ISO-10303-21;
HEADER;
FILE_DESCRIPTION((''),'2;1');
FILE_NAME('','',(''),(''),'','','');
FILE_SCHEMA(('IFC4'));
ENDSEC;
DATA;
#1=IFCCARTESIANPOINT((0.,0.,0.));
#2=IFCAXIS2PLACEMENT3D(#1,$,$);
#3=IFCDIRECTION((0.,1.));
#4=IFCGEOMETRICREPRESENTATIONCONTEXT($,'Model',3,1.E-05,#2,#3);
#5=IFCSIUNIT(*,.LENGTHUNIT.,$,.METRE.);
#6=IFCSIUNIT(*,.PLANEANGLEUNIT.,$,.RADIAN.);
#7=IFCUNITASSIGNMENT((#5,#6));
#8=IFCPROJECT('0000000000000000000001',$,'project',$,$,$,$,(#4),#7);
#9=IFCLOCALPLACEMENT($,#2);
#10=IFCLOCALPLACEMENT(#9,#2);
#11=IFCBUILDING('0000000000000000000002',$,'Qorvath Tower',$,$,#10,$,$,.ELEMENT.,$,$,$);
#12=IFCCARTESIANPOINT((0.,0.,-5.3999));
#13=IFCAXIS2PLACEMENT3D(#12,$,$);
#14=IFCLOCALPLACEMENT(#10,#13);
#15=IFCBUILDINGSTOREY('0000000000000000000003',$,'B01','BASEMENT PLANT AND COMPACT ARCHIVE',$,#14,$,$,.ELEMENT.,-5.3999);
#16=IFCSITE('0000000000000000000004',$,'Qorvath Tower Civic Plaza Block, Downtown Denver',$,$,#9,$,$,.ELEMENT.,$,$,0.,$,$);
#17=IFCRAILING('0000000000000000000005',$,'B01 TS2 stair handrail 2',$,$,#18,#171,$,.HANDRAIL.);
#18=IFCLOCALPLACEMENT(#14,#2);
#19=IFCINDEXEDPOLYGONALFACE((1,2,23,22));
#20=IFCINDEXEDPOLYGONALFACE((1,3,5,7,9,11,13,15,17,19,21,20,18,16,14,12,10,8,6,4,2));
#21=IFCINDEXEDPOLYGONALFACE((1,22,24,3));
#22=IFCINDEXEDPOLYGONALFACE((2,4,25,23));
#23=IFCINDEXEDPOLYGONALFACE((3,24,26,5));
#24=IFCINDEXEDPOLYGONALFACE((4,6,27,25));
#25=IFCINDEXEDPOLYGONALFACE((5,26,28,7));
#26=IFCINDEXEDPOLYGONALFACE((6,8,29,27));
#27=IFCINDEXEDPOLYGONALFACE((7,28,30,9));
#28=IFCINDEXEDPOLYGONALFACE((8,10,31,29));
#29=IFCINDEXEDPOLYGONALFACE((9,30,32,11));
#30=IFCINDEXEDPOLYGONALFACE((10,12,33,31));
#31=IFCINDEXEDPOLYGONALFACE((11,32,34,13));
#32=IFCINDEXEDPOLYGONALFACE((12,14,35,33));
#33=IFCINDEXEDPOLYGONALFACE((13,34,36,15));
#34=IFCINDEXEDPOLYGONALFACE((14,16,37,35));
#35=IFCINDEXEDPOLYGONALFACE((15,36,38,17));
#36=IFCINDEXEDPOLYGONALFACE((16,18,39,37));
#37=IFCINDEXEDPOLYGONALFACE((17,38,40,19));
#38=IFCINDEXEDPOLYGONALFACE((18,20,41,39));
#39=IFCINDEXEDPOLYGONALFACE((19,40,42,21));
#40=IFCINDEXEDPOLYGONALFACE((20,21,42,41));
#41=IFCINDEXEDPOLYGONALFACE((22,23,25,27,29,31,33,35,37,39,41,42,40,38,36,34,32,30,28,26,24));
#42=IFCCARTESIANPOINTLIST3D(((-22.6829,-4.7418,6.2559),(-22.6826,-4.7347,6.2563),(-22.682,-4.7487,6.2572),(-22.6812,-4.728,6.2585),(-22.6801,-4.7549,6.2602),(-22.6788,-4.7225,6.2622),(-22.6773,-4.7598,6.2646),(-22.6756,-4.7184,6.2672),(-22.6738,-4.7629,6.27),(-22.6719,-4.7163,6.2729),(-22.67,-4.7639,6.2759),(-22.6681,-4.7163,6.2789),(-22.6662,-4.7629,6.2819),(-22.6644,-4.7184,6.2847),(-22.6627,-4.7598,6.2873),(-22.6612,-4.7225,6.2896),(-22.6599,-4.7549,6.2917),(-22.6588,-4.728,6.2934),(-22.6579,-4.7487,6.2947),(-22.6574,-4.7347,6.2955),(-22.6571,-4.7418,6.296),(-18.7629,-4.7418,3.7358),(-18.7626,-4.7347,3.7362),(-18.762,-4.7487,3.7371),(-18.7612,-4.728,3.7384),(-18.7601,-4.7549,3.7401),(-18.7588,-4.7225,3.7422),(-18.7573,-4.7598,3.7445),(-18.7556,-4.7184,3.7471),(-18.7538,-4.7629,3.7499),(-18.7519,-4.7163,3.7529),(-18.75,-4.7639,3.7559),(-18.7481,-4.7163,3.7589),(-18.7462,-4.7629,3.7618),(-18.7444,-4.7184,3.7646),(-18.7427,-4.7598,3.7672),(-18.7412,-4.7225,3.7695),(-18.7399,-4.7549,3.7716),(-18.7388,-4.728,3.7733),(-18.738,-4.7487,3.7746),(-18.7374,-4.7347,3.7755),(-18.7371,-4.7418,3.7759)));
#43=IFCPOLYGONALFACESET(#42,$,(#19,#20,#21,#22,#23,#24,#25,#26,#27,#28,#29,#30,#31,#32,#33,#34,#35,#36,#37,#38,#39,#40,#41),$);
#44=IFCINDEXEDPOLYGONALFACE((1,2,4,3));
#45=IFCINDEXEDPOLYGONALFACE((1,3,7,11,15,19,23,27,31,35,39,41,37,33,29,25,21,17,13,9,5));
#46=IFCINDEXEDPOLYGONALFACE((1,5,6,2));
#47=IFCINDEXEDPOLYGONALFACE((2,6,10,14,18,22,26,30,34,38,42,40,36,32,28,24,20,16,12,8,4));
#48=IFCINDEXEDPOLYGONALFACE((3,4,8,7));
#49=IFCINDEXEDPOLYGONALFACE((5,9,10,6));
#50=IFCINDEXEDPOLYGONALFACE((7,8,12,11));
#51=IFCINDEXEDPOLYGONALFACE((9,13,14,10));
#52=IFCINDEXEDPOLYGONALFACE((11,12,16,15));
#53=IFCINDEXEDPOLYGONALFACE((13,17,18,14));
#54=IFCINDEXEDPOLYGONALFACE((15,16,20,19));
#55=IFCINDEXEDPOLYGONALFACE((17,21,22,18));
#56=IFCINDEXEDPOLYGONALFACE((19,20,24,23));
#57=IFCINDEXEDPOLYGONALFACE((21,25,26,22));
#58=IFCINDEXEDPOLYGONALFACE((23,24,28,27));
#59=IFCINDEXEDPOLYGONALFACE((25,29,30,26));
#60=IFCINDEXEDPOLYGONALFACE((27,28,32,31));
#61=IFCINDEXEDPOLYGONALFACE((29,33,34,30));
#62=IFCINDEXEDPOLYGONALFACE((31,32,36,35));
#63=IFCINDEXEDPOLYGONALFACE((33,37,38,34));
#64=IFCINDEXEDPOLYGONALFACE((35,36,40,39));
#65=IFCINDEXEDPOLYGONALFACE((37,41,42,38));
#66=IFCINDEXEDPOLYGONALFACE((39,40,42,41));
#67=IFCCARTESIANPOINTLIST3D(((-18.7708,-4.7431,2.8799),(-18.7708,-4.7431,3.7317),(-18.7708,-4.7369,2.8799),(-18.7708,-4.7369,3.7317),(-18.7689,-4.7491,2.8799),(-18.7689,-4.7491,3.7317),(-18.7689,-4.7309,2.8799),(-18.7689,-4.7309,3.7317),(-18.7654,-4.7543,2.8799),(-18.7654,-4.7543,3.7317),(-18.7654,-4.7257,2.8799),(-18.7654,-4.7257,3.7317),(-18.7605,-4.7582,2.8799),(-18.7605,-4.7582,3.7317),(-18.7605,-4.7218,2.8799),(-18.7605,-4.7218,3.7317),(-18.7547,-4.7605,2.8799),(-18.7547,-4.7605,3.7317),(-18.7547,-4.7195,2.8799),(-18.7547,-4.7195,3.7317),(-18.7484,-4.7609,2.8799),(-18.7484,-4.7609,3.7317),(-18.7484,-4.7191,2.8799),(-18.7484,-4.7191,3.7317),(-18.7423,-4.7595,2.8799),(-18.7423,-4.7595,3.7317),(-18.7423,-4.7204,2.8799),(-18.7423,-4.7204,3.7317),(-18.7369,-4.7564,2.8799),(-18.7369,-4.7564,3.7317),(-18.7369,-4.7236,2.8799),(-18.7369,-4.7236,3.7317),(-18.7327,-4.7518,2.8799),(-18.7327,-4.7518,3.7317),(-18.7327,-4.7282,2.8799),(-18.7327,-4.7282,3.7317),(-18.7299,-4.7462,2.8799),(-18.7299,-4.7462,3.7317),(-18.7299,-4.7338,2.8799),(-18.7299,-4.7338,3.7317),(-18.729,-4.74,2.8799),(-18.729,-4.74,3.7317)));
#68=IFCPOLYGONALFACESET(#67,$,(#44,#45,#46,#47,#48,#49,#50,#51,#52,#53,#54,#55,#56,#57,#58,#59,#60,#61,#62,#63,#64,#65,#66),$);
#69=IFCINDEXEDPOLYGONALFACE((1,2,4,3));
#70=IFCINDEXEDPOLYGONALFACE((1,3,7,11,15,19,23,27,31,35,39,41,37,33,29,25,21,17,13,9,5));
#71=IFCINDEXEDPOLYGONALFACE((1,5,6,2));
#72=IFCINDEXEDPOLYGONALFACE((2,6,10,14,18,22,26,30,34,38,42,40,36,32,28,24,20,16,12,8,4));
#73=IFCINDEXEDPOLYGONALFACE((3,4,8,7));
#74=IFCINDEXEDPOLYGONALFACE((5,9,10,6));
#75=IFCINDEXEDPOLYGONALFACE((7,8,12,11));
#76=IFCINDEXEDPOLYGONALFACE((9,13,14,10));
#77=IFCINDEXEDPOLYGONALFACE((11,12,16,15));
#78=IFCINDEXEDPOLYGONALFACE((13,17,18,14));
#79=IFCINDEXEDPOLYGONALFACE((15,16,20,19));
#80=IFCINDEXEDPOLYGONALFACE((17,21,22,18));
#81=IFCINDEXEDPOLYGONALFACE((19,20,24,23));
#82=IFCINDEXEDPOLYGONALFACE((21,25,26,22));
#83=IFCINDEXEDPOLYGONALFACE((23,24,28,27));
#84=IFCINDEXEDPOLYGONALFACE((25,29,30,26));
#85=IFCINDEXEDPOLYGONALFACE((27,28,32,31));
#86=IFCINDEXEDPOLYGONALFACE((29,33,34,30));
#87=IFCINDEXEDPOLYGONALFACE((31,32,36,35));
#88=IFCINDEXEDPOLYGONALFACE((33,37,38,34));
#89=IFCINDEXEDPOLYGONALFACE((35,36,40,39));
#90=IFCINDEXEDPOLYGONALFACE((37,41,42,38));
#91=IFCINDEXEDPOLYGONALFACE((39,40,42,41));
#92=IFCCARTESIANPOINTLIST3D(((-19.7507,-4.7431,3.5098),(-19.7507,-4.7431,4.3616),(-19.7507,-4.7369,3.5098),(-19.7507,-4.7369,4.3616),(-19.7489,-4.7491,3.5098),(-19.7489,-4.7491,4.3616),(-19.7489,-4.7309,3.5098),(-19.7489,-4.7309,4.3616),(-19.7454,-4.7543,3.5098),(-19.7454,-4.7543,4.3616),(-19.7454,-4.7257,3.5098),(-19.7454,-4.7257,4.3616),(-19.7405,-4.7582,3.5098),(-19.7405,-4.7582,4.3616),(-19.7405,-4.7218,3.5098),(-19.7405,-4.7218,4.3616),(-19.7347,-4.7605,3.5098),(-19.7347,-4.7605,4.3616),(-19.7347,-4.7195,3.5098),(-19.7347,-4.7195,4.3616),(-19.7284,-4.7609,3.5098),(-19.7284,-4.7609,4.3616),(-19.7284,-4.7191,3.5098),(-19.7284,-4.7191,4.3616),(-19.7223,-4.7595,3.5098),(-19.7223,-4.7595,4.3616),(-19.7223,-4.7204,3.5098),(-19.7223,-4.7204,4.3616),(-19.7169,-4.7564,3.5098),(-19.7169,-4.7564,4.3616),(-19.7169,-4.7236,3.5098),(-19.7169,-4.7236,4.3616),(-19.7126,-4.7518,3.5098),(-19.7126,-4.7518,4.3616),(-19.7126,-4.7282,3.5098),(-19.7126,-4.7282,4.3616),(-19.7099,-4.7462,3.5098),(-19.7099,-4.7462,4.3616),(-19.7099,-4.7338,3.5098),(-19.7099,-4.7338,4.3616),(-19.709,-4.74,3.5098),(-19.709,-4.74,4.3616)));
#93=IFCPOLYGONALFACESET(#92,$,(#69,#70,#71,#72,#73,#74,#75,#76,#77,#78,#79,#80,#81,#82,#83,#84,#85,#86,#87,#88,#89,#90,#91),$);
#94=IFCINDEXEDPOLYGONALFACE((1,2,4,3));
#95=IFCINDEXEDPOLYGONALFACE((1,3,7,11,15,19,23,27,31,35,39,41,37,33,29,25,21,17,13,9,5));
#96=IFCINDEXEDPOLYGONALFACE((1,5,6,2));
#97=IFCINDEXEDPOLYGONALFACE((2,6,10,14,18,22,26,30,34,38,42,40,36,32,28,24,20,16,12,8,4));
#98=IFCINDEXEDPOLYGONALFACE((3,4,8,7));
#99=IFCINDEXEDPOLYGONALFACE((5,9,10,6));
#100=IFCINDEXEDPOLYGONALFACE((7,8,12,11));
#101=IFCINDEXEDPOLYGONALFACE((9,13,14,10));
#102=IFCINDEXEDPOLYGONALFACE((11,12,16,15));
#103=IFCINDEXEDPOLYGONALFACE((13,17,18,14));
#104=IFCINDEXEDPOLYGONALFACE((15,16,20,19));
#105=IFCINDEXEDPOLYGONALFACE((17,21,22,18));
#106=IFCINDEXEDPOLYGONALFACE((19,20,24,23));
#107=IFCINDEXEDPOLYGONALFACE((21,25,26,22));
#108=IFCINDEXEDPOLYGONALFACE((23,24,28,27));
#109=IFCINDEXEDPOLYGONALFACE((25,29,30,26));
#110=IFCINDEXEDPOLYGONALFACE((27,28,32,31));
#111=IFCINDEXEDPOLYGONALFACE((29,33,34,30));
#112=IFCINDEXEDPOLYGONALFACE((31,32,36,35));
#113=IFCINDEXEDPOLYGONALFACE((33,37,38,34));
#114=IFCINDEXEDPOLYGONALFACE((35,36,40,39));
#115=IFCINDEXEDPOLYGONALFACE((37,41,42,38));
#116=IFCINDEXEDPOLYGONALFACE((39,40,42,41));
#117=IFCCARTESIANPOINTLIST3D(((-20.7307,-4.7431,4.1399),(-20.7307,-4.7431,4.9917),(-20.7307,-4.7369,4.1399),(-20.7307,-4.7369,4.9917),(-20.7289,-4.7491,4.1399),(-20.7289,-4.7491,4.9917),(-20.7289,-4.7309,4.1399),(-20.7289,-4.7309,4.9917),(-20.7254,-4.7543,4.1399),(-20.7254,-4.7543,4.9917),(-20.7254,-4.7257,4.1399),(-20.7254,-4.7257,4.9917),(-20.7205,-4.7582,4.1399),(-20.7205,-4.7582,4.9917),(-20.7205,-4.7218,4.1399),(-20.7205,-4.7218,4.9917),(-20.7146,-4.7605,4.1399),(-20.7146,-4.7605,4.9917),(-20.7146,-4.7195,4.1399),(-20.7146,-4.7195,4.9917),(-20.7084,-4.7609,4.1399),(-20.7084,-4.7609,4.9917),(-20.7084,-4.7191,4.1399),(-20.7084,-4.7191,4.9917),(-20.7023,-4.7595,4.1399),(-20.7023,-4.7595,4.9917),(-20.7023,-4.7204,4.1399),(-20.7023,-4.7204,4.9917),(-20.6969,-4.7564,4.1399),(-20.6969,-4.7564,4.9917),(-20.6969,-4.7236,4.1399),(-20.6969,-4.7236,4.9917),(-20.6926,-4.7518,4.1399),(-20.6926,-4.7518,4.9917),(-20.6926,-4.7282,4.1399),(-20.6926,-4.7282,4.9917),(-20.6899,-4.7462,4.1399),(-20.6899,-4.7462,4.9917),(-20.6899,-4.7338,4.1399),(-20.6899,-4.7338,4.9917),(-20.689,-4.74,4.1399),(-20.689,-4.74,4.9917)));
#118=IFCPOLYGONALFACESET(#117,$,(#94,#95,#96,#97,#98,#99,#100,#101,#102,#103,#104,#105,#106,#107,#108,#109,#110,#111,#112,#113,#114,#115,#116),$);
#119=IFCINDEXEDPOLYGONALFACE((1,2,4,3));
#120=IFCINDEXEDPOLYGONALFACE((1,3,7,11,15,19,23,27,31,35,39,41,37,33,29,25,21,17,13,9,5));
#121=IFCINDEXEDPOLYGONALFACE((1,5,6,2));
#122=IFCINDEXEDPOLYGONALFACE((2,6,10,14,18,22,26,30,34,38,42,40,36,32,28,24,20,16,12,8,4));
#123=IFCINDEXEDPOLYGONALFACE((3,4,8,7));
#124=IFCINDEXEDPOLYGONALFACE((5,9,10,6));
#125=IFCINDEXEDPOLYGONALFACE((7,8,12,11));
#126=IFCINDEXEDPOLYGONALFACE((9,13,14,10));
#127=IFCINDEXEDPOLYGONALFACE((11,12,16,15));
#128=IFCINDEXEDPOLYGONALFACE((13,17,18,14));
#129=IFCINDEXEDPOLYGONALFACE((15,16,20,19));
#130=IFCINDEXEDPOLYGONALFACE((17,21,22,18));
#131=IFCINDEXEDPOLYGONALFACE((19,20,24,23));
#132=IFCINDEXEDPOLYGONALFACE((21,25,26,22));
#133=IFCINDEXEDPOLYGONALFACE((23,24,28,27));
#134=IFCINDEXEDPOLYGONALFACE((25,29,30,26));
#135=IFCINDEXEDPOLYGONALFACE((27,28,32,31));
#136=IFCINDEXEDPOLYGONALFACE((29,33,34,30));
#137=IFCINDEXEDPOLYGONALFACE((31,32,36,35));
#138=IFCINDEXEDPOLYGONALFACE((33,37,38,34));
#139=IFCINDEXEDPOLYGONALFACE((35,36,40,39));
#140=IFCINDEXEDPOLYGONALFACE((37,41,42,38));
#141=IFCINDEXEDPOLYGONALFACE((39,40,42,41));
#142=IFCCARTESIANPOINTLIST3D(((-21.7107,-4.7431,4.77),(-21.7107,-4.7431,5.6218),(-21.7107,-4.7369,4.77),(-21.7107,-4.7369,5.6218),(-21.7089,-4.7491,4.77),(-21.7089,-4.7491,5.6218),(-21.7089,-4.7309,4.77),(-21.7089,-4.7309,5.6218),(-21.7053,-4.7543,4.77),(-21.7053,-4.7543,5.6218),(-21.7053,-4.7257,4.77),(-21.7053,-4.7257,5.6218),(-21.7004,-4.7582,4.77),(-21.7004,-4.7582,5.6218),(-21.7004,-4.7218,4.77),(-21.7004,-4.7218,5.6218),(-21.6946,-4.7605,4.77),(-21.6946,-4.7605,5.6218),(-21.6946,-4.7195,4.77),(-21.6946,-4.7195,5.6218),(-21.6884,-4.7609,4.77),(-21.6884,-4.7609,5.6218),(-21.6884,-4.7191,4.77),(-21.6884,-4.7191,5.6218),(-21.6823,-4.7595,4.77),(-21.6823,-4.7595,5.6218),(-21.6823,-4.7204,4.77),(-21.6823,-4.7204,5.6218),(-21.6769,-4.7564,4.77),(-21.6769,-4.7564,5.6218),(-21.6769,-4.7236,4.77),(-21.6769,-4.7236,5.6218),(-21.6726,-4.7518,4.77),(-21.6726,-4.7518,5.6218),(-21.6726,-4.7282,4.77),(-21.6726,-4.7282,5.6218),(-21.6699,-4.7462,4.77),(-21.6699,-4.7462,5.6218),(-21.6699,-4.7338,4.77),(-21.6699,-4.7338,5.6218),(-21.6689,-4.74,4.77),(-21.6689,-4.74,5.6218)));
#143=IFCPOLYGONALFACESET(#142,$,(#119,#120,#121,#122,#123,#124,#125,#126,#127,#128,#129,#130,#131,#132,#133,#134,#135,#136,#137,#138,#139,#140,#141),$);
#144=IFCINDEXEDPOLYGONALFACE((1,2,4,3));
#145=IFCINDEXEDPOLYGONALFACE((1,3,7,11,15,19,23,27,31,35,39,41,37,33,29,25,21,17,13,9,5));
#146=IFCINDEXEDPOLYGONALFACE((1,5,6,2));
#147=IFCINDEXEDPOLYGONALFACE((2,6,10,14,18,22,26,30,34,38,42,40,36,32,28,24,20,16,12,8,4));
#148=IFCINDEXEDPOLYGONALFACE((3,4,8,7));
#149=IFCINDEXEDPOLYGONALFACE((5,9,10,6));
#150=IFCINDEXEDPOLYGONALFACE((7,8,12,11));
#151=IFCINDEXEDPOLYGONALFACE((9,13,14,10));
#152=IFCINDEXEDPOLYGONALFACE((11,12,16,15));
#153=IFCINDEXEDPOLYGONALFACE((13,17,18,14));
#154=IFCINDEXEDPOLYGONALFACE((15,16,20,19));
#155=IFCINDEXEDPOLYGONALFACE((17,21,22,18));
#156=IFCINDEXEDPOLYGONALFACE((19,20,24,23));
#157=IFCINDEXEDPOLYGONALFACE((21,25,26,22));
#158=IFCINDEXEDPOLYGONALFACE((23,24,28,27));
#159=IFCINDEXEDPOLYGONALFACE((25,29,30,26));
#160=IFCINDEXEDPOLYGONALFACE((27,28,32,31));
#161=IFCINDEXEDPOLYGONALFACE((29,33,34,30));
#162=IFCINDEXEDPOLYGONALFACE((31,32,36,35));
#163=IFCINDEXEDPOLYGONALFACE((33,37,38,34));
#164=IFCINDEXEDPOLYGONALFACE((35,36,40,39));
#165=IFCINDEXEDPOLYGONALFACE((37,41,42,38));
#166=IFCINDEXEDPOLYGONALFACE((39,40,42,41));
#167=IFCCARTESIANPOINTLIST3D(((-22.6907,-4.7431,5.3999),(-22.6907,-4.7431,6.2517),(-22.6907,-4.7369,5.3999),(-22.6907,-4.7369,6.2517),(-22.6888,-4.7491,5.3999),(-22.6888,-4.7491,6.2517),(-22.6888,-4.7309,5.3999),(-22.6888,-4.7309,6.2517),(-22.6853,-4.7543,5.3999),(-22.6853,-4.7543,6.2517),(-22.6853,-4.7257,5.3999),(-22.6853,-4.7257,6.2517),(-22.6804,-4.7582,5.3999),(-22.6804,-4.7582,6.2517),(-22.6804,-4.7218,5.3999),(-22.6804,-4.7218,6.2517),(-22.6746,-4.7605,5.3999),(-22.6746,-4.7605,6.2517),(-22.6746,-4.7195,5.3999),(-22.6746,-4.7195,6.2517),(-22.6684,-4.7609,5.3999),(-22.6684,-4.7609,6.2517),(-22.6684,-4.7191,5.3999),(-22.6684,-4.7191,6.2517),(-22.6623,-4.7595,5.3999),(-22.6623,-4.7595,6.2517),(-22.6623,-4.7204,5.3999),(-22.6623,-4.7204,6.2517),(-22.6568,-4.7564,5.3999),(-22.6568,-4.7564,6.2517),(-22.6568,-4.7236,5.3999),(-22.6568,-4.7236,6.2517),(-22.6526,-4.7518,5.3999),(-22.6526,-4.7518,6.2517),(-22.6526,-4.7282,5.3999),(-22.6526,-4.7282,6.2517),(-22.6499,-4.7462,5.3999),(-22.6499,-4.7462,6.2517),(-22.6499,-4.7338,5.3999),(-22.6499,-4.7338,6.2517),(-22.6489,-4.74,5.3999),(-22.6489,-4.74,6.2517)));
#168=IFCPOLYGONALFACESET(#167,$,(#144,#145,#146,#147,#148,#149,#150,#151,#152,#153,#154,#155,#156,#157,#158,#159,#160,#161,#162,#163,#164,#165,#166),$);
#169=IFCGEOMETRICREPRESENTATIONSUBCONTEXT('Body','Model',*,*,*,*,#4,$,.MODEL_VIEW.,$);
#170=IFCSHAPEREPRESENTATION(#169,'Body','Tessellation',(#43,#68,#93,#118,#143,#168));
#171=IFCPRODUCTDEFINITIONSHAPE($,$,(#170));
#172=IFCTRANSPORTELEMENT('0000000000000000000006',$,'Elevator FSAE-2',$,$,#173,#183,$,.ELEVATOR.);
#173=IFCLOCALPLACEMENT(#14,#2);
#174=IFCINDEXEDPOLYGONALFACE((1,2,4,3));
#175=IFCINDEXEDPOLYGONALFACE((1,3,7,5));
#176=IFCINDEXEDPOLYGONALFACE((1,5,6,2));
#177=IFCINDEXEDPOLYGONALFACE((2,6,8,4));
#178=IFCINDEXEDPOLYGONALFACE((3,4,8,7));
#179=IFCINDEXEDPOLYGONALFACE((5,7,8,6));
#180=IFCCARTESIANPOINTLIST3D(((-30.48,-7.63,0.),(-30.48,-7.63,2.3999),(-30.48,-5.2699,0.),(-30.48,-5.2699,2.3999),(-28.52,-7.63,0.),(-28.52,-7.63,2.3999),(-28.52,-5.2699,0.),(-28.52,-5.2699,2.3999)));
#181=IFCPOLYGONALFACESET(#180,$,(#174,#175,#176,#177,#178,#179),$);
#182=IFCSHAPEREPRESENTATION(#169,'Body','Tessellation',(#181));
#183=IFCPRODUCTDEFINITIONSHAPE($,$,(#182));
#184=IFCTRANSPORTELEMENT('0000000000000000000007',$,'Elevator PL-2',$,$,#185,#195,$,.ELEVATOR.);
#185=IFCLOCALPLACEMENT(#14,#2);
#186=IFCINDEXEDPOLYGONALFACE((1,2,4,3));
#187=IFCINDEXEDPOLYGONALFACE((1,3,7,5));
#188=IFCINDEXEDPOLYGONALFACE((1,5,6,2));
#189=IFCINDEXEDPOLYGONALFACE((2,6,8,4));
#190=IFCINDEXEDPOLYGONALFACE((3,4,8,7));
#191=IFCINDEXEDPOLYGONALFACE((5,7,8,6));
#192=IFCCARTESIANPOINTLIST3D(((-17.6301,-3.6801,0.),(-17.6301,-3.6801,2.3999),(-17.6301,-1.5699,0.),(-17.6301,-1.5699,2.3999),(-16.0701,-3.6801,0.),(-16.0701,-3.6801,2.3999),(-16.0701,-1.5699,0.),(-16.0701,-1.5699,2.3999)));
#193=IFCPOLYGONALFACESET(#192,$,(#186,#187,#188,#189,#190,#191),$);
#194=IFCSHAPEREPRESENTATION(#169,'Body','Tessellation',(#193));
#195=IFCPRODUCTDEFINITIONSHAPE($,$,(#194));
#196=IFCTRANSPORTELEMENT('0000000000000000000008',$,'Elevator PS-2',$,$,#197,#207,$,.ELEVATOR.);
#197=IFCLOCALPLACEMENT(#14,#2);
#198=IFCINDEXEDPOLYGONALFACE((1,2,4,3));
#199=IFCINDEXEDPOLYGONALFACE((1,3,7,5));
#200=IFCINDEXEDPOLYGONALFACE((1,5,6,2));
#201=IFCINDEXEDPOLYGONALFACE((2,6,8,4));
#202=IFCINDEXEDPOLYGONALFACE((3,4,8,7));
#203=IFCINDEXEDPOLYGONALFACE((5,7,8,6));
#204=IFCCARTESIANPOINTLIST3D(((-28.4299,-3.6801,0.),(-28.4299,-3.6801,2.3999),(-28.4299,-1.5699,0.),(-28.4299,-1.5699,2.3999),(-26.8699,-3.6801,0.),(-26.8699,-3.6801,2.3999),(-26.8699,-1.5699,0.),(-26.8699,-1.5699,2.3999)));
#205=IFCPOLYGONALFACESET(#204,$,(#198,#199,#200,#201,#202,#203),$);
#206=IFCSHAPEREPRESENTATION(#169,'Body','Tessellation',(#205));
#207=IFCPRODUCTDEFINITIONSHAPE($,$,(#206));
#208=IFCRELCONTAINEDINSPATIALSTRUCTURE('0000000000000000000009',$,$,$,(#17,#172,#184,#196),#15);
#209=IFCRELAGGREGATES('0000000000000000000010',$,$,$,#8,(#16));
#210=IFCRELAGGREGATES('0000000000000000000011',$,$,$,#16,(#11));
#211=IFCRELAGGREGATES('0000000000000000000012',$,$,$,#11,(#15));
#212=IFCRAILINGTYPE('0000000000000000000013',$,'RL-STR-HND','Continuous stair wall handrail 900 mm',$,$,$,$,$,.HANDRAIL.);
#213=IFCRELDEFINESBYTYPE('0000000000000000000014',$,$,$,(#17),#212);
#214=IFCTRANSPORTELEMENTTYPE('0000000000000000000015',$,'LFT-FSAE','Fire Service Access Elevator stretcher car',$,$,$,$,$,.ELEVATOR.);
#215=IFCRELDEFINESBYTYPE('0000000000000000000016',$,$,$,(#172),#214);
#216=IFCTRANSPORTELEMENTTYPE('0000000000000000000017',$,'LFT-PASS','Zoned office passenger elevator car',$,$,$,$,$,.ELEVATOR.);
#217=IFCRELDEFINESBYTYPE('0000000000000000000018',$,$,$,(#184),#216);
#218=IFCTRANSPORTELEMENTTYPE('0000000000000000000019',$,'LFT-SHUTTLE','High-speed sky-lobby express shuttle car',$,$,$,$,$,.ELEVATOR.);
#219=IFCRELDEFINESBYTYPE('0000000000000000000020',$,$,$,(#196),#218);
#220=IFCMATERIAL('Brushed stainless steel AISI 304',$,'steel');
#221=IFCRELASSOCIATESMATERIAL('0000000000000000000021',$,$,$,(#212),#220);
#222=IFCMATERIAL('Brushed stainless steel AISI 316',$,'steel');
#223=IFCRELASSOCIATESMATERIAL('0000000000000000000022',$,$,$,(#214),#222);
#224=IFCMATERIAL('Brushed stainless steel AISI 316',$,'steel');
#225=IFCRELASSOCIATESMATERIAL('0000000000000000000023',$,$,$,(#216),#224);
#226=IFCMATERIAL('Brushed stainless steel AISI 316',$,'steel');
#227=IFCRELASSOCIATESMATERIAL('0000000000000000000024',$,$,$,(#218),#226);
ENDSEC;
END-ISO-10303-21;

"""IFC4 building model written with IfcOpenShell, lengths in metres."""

from ifc_helpers import new_model, si_unit, direction, frame, origin, origin_2d, place, context, subcontext, project, spatial, rectangle, circle, extrude, material, type_object, element, save


model = new_model("IFC4")

# Units and contexts
model_context = context("Model", 3, precision=1e-05, world=origin(), true_north=direction((0.0, 1.0)))
body_context = subcontext(model_context, "Body", "Model", "MODEL_VIEW")
ifc_project = project(units=[si_unit("LENGTHUNIT", "METRE"), si_unit("PLANEANGLEUNIT", "RADIAN")], contexts=[model_context])

# Site, building, storey
site_placement = place(None, origin())
site = spatial("IfcSite", under=ifc_project, at=site_placement, Name="Qorvath Tower Civic Plaza Block, Downtown Denver", CompositionType="ELEMENT", RefElevation=0.0)
building_placement = place(site_placement, origin())
building = spatial("IfcBuilding", under=site, at=building_placement, Name="Qorvath Tower", CompositionType="ELEMENT")
storey_placement = place(building_placement, frame((0.0, 0.0, -5.3999)))
storey = spatial("IfcBuildingStorey", under=building, at=storey_placement, Name="B01", Description="BASEMENT PLANT AND COMPACT ARCHIVE", CompositionType="ELEMENT", Elevation=-5.3999)

# Railing
ifc_material_1 = material(Name="Brushed stainless steel AISI 304", Category="steel")
railing_type_1 = type_object("IfcRailingType", Name="RL-STR-HND", Description="Continuous stair wall handrail 900 mm", PredefinedType="HANDRAIL", material=ifc_material_1)
railing_1_placement = place(storey_placement, frame((-18.75, -4.74, 2.8799)))
element("IfcRailing", 1, at=railing_1_placement, inside=storey, type_object=railing_type_1, Name="B01 TS2 stair handrail 2", PredefinedType="HANDRAIL", context=body_context, shape_type="SweptSolid", body=[
    extrude(circle(Radius=0.0239, at=origin_2d()), frame((0.0, 0.0, 0.876), z_axis=(-0.841172, 0.0, 0.540768), x_axis=(0.0, -1.0, 0.0)), (0.0, 0.0, 1.0), 4.6602),
    extrude(circle(Radius=0.021, at=origin_2d()), origin(), (0.0, 0.0, 1.0), 0.8518),
    extrude(circle(Radius=0.021, at=origin_2d()), frame((-0.98, 0.0, 0.6299)), (0.0, 0.0, 1.0), 0.8518),
    extrude(circle(Radius=0.021, at=origin_2d()), frame((-1.96, 0.0, 1.26)), (0.0, 0.0, 1.0), 0.8518),
    extrude(circle(Radius=0.021, at=origin_2d()), frame((-2.9399, 0.0, 1.8901)), (0.0, 0.0, 1.0), 0.8518),
    extrude(circle(Radius=0.021, at=origin_2d()), frame((-3.9199, 0.0, 2.52)), (0.0, 0.0, 1.0), 0.8518),
])

# Transport elements
ifc_material_2 = material(Name="Brushed stainless steel AISI 316", Category="steel")
transport_element_type_1 = type_object("IfcTransportElementType", Name="LFT-FSAE", Description="Fire Service Access Elevator stretcher car", PredefinedType="ELEVATOR", material=ifc_material_2)
transport_element_1_placement = place(storey_placement, frame((-29.5, -6.45, 0.0), z_axis=(0.0, 0.0, 1.0), x_axis=(1.0, 0.0, 0.0)))
element("IfcTransportElement", 2, at=transport_element_1_placement, inside=storey, type_object=transport_element_type_1, Name="Elevator FSAE-2", PredefinedType="ELEVATOR", context=body_context, shape_type="SweptSolid", body=[
    extrude(rectangle(XDim=1.96, YDim=2.3601, at=origin_2d()), origin(), (0.0, 0.0, 1.0), 2.3999),
])
ifc_material_3 = material(Name="Brushed stainless steel AISI 316", Category="steel")
transport_element_type_2 = type_object("IfcTransportElementType", Name="LFT-PASS", Description="Zoned office passenger elevator car", PredefinedType="ELEVATOR", material=ifc_material_3)
transport_element_2_placement = place(storey_placement, frame((-16.8501, -2.625, 0.0), z_axis=(0.0, 0.0, 1.0), x_axis=(1.0, 0.0, 0.0)))
element("IfcTransportElement", 3, at=transport_element_2_placement, inside=storey, type_object=transport_element_type_2, Name="Elevator PL-2", PredefinedType="ELEVATOR", context=body_context, shape_type="SweptSolid", body=[
    extrude(rectangle(XDim=1.5601, YDim=2.1101, at=origin_2d()), origin(), (0.0, 0.0, 1.0), 2.3999),
])
ifc_material_4 = material(Name="Brushed stainless steel AISI 316", Category="steel")
transport_element_type_3 = type_object("IfcTransportElementType", Name="LFT-SHUTTLE", Description="High-speed sky-lobby express shuttle car", PredefinedType="ELEVATOR", material=ifc_material_4)
transport_element_3_placement = place(storey_placement, frame((-27.6499, -2.625, 0.0), z_axis=(0.0, 0.0, 1.0), x_axis=(1.0, 0.0, 0.0)))
element("IfcTransportElement", 4, at=transport_element_3_placement, inside=storey, type_object=transport_element_type_3, Name="Elevator PS-2", PredefinedType="ELEVATOR", context=body_context, shape_type="SweptSolid", body=[
    extrude(rectangle(XDim=1.5601, YDim=2.1101, at=origin_2d()), origin(), (0.0, 0.0, 1.0), 2.3999),
])

save(model, "model.ifc")
